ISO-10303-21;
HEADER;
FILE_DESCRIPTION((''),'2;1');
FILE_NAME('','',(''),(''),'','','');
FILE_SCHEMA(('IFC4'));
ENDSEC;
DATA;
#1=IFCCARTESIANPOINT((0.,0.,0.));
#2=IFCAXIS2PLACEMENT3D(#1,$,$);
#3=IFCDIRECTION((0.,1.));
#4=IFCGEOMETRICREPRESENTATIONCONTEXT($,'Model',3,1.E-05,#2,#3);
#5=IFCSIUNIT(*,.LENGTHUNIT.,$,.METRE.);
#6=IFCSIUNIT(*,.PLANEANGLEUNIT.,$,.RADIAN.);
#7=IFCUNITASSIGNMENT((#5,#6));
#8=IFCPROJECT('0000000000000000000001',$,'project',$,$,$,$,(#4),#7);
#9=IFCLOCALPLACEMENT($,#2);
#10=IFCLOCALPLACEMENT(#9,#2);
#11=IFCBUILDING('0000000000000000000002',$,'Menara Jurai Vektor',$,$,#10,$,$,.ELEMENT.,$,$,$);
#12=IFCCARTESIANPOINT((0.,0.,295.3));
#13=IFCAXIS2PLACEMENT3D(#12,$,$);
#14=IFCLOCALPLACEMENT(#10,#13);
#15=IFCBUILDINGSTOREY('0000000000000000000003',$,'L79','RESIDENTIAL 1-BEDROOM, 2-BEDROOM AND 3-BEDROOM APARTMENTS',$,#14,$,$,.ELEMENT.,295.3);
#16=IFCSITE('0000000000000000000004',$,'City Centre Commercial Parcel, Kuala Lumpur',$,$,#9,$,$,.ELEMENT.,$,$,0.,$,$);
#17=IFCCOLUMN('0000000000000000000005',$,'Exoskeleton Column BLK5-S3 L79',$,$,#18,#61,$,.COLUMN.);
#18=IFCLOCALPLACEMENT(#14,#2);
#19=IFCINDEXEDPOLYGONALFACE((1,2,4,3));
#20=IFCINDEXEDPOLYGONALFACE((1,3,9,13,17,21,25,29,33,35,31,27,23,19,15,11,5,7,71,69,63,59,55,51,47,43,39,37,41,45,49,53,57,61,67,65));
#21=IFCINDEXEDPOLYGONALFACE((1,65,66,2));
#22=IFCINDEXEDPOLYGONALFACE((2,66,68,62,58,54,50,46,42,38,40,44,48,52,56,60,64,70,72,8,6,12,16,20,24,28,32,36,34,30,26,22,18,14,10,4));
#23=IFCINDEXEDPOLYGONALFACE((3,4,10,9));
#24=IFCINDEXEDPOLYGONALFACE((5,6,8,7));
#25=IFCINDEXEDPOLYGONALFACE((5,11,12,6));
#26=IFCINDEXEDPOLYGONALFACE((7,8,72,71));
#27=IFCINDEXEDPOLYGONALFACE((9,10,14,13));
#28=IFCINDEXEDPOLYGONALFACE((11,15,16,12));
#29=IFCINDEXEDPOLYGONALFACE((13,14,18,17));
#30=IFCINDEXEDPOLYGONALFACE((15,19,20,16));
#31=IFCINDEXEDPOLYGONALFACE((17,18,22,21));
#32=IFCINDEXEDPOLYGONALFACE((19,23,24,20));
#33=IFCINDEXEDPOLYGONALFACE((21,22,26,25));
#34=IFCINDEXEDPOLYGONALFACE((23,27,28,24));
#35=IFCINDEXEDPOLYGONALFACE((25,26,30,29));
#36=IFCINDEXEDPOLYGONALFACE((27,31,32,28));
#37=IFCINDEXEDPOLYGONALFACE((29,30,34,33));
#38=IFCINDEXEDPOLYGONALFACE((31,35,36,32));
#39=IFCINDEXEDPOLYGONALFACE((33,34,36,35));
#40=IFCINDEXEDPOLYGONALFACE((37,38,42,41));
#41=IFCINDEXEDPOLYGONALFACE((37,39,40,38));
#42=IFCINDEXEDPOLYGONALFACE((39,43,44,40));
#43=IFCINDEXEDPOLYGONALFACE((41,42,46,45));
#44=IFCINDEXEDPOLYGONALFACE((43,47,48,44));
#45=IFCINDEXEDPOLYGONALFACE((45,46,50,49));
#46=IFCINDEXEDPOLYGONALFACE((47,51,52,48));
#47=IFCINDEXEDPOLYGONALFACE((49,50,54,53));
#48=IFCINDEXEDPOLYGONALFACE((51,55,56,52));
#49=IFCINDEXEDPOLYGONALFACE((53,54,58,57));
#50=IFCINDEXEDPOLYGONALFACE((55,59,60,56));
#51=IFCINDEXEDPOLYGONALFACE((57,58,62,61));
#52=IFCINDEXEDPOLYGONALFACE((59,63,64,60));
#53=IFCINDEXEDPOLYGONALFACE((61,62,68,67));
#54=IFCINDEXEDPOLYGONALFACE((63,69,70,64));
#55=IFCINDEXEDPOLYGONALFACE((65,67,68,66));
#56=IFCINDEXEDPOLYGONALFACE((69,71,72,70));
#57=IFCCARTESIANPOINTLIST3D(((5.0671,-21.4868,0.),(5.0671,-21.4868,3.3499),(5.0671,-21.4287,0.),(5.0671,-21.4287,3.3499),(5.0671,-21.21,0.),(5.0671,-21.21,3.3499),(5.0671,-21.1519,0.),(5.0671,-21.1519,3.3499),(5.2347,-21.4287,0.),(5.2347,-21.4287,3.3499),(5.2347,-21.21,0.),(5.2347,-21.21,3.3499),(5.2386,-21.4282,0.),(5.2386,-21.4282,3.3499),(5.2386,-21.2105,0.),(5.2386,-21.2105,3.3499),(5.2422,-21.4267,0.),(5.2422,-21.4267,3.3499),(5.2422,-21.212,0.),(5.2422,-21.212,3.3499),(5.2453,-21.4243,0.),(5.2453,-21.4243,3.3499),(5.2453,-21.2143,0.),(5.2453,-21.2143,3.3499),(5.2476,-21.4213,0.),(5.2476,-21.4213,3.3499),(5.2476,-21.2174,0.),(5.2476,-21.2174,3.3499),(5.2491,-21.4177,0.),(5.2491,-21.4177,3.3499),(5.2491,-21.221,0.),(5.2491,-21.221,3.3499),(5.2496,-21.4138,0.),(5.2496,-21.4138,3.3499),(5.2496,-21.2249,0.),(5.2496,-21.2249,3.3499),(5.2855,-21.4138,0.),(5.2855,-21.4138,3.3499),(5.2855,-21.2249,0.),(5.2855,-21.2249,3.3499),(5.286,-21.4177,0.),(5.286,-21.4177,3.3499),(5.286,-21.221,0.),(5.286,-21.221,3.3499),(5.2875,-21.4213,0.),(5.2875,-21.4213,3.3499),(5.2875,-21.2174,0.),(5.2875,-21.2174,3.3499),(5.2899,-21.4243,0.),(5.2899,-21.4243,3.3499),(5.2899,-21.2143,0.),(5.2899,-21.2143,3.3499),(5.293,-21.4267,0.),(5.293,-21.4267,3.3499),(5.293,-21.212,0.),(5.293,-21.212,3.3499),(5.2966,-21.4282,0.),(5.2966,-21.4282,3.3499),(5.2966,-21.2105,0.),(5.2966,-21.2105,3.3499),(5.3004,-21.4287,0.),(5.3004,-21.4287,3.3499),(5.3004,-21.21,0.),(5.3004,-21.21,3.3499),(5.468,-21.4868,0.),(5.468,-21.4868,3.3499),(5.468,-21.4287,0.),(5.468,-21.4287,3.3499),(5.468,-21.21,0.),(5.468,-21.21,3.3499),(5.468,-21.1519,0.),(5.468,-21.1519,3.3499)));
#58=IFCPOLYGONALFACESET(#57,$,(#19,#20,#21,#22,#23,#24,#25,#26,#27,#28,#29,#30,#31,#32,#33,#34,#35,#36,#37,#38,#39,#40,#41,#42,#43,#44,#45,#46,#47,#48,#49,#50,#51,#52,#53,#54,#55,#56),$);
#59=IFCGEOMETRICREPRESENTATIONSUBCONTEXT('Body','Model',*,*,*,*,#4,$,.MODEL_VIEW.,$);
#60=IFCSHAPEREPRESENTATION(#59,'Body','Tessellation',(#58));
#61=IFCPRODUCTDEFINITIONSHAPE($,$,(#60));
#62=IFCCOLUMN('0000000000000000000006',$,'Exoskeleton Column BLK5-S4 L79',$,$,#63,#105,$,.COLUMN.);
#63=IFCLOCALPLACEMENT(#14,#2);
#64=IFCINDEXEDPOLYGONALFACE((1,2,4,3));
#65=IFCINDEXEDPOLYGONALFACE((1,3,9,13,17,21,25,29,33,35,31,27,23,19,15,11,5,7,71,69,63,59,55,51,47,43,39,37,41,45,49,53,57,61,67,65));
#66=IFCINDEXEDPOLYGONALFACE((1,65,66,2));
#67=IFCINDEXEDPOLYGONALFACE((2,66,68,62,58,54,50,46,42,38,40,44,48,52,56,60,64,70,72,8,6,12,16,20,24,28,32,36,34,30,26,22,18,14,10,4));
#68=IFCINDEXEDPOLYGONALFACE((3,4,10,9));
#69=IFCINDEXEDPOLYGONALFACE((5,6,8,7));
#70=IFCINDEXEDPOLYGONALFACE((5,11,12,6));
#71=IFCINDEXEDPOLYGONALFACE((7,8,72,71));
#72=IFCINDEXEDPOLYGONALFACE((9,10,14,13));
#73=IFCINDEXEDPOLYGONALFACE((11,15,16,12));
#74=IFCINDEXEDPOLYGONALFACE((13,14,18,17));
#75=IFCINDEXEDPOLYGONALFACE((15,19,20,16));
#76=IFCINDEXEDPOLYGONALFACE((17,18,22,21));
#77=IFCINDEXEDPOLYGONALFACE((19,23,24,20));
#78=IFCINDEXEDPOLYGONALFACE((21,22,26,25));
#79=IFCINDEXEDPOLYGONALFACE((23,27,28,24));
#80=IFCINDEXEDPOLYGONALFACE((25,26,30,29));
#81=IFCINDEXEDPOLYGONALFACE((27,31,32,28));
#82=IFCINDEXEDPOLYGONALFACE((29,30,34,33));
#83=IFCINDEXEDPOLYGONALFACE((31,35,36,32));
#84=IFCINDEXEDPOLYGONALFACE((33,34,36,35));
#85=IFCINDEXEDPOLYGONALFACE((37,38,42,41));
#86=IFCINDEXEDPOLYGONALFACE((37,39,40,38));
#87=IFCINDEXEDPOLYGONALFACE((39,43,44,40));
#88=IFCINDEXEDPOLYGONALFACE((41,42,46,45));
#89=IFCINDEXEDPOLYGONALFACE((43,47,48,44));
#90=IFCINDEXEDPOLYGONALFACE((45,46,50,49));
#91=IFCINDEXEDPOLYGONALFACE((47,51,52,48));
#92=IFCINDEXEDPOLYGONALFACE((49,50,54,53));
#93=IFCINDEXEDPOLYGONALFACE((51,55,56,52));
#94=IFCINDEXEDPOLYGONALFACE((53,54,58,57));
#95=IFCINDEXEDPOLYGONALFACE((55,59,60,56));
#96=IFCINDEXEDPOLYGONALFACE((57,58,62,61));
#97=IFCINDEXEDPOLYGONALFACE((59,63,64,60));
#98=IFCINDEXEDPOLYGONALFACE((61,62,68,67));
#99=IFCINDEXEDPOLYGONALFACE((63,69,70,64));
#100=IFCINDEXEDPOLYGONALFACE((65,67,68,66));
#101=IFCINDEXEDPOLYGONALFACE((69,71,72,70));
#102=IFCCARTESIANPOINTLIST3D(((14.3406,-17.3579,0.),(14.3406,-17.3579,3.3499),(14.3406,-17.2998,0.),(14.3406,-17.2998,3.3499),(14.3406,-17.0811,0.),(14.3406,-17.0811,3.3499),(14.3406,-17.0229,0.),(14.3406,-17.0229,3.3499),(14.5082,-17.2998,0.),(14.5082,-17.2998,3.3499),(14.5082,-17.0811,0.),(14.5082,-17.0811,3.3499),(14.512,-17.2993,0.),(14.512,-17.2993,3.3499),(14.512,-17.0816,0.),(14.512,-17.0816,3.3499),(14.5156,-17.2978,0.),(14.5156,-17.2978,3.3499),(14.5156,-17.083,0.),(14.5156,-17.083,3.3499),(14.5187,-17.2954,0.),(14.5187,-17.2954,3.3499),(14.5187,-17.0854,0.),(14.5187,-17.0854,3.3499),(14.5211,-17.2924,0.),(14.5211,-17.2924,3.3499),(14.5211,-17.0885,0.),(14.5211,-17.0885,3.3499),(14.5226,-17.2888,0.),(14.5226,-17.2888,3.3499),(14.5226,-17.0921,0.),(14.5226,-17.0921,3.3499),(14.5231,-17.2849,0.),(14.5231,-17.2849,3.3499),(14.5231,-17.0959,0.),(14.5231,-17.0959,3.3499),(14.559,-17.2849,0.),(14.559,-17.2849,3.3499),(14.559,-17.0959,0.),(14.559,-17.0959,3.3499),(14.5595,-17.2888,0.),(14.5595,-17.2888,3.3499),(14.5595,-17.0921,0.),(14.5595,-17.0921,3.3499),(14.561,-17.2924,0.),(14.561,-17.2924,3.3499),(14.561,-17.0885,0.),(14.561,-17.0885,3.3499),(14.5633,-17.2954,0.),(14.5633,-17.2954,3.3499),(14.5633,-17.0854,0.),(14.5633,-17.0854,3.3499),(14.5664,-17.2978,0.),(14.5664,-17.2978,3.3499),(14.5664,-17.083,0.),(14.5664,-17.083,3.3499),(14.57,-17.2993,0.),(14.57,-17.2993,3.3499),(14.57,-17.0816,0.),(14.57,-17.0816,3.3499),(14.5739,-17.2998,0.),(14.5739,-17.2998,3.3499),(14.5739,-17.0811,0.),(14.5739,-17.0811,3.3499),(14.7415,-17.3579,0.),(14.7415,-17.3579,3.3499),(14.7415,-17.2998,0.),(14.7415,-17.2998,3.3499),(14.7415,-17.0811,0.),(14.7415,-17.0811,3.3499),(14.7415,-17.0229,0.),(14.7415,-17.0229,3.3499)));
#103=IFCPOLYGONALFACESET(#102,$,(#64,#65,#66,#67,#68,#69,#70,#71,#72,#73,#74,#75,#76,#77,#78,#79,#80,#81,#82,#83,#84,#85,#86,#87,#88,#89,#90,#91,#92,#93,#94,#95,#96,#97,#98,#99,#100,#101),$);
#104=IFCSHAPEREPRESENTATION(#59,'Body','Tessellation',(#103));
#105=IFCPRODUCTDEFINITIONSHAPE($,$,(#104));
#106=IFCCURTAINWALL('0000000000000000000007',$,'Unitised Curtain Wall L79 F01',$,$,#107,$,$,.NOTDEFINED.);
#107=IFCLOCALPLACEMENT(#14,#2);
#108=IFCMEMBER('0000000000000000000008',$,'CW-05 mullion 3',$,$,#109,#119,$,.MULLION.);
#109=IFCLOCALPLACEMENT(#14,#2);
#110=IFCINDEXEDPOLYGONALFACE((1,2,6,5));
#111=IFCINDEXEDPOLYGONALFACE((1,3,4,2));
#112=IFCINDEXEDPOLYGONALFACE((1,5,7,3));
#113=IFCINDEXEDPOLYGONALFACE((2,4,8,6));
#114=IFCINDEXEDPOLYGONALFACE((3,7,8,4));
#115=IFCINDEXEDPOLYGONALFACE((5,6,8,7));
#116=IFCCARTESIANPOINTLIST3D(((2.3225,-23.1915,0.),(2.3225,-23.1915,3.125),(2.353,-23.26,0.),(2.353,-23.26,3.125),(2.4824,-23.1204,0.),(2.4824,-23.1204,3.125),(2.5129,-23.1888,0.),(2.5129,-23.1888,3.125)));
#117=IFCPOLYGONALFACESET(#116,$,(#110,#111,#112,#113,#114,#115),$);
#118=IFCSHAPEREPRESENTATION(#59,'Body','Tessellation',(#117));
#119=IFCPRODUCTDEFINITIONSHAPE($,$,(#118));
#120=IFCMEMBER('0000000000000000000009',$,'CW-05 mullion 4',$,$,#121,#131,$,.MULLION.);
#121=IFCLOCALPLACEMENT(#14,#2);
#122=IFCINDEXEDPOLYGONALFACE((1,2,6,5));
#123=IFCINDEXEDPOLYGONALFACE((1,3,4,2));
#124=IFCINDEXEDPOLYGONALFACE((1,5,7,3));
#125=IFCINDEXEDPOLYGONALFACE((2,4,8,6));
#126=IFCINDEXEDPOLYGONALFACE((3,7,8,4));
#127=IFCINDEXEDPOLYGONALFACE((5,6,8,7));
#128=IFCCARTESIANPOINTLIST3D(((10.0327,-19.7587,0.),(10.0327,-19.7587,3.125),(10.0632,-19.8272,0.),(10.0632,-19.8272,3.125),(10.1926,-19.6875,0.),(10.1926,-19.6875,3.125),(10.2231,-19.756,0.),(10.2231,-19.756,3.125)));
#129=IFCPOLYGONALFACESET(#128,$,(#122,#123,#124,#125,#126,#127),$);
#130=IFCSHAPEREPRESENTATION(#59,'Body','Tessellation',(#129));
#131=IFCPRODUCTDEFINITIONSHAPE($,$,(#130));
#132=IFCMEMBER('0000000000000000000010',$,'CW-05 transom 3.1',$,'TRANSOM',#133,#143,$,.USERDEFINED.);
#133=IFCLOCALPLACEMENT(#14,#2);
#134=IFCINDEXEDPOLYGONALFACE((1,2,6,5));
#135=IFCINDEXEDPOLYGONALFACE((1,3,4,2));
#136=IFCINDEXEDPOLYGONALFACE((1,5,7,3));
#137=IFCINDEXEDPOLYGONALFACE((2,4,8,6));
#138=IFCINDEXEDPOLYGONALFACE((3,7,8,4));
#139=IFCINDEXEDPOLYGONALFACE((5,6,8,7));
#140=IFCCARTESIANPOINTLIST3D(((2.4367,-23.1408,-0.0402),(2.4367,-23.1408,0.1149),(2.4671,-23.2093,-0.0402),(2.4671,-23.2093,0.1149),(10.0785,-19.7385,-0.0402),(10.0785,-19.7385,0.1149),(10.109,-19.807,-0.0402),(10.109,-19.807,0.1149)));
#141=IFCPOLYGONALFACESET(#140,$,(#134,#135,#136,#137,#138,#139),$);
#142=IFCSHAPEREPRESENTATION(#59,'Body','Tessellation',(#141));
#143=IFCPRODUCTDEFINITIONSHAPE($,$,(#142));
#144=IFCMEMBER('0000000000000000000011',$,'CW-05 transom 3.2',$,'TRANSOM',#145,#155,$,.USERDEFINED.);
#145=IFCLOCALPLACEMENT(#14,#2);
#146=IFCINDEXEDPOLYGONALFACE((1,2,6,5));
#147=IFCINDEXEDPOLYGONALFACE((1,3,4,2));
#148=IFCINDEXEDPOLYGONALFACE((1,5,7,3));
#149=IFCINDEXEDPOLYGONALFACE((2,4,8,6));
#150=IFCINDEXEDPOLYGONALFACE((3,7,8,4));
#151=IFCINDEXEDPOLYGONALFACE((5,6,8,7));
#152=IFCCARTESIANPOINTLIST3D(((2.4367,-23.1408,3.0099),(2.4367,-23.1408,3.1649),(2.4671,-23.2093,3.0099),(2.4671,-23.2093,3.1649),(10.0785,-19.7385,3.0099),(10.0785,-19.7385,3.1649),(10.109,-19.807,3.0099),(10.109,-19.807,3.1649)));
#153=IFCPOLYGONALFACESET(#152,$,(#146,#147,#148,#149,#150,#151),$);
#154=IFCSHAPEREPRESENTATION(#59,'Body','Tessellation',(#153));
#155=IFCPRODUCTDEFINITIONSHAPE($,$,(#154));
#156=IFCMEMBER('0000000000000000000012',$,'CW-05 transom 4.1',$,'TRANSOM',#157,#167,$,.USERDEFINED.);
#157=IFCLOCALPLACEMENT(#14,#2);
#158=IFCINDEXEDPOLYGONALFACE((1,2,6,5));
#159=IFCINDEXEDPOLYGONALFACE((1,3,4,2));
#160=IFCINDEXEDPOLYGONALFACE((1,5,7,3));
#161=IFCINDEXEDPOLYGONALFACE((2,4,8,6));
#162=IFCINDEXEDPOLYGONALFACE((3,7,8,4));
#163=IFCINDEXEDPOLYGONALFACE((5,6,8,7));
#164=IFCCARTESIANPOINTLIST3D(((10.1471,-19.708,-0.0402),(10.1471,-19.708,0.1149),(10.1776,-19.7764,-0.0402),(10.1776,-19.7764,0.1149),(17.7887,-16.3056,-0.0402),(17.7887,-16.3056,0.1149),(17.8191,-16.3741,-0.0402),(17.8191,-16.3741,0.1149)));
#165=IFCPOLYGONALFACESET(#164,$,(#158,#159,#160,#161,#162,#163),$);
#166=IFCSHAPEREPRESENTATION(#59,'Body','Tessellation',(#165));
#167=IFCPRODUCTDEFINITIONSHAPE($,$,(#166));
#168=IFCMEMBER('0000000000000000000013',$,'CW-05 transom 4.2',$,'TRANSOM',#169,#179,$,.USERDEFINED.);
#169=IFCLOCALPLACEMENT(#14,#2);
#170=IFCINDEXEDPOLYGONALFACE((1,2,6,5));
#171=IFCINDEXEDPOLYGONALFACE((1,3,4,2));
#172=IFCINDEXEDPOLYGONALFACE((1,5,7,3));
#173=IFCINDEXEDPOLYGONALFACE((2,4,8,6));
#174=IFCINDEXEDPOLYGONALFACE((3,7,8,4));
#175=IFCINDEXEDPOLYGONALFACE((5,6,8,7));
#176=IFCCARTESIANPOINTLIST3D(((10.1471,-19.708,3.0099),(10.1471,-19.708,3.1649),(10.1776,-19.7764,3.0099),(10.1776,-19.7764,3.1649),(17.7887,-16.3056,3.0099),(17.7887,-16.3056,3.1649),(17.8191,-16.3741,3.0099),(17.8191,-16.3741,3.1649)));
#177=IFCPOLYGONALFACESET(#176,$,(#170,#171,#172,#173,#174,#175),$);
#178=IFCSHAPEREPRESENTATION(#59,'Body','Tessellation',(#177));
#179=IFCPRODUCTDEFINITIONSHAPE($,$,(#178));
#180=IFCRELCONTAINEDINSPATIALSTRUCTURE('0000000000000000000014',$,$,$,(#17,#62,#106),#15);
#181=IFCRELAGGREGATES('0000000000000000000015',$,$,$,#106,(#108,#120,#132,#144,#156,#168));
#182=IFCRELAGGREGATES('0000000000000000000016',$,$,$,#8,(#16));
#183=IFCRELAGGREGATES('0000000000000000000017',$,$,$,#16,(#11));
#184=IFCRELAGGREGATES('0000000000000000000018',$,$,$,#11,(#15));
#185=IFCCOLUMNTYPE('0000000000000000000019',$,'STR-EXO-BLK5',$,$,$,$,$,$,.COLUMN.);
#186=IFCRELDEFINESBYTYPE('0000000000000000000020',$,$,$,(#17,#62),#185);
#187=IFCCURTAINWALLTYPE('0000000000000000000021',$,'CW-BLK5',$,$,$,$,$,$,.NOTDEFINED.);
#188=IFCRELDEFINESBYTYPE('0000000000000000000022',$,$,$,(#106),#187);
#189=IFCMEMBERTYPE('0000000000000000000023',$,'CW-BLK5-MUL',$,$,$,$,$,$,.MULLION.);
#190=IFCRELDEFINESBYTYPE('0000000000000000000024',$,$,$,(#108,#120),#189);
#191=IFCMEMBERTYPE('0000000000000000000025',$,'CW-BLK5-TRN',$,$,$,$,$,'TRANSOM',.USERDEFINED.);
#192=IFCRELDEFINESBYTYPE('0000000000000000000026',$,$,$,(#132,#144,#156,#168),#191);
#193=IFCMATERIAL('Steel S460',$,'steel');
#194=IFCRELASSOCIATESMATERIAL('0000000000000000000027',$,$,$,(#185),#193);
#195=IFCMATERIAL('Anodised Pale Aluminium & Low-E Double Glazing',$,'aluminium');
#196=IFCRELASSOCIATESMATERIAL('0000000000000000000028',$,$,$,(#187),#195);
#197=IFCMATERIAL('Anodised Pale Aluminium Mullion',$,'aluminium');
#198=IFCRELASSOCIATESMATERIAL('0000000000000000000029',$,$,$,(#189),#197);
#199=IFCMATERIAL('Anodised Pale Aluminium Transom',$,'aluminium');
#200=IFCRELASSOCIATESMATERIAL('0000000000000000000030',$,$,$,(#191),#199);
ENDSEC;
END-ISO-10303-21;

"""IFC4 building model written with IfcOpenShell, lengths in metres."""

from ifc_helpers import new_model, si_unit, direction, frame, origin, origin_2d, place, context, subcontext, project, spatial, rectangle, i_section, extrude, material, material_profile, profile_set, type_object, element, aggregate, save


model = new_model("IFC4")

# Units and contexts
model_context = context("Model", 3, precision=1e-05, world=origin(), true_north=direction((0.0, 1.0)))
body_context = subcontext(model_context, "Body", "Model", "MODEL_VIEW")
ifc_project = project(units=[si_unit("LENGTHUNIT", "METRE"), si_unit("PLANEANGLEUNIT", "RADIAN")], contexts=[model_context])

# Site, building, storey
site_placement = place(None, origin())
site = spatial("IfcSite", under=ifc_project, at=site_placement, Name="City Centre Commercial Parcel, Kuala Lumpur", CompositionType="ELEMENT", RefElevation=0.0)
building_placement = place(site_placement, origin())
building = spatial("IfcBuilding", under=site, at=building_placement, Name="Menara Jurai Vektor", CompositionType="ELEMENT")
storey_placement = place(building_placement, frame((0.0, 0.0, 295.3)))
storey = spatial("IfcBuildingStorey", under=building, at=storey_placement, Name="L79", Description="RESIDENTIAL 1-BEDROOM, 2-BEDROOM AND 3-BEDROOM APARTMENTS", CompositionType="ELEMENT", Elevation=295.3)

# Columns
ifc_material_1 = material(Name="Steel S460", Category="steel")
ifc_material_profile_1 = material_profile(ifc_material_1, i_section(OverallWidth=0.4009, OverallDepth=0.335, WebThickness=0.0359, FlangeThickness=0.0581, FilletRadius=0.0149, at=origin_2d()), Name="HD 400x463")
ifc_profile_set_1 = profile_set([ifc_material_profile_1], Name="Steel S460")
column_type = type_object("IfcColumnType", Name="STR-EXO-BLK5", PredefinedType="COLUMN", material=ifc_profile_set_1)
for number, where, z_axis, x_axis, name in (
    (1, (5.2676, -21.3193, 0.0), (0.0, 0.0, 1.0), (1.0, 0.0, 0.0), "Exoskeleton Column BLK5-S3 L79"),
    (2, (14.541, -17.1904, 0.0), (0.0, 0.0, 1.0), (1.0, 0.0, 0.0), "Exoskeleton Column BLK5-S4 L79"),
):
    element("IfcColumn", number, at=place(storey_placement, frame(where, z_axis=z_axis, x_axis=x_axis)), inside=storey, type_object=column_type, Name=name, PredefinedType="COLUMN", context=body_context, shape_type="SweptSolid", body=[
        extrude(i_section(OverallWidth=0.4009, OverallDepth=0.335, WebThickness=0.0359, FlangeThickness=0.0581, FilletRadius=0.0149, at=origin_2d()), origin(), (0.0, 0.0, 1.0), 3.3499),
    ])

# Curtain wall, members
ifc_material_2 = material(Name="Anodised Pale Aluminium & Low-E Double Glazing", Category="aluminium")
curtain_wall_type = type_object("IfcCurtainWallType", Name="CW-BLK5", PredefinedType="NOTDEFINED", material=ifc_material_2)
curtain_wall_placement = place(storey_placement, origin())
curtain_wall = element("IfcCurtainWall", 3, at=curtain_wall_placement, inside=storey, type_object=curtain_wall_type, Name="Unitised Curtain Wall L79 F01", PredefinedType="NOTDEFINED")
ifc_material_3 = material(Name="Anodised Pale Aluminium Mullion", Category="aluminium")
ifc_material_profile_2 = material_profile(ifc_material_3, rectangle(XDim=0.075, YDim=0.175, at=origin_2d()), Name="ALU MUL 75x175")
ifc_profile_set_2 = profile_set([ifc_material_profile_2], Name="Anodised Pale Aluminium Mullion")
member_type_1 = type_object("IfcMemberType", Name="CW-BLK5-MUL", PredefinedType="MULLION", material=ifc_profile_set_2)
member_1_placement = place(storey_placement, frame((2.4177, -23.1902, 0.0), z_axis=(0.0, 0.0, 1.0), x_axis=(-0.406735, 0.913546, 0.0)))
member_1 = element("IfcMember", 4, at=member_1_placement, type_object=member_type_1, Name="CW-05 mullion 3", PredefinedType="MULLION", context=body_context, shape_type="SweptSolid", body=[
    extrude(rectangle(XDim=0.075, YDim=0.175, at=origin_2d()), origin(), (0.0, 0.0, 1.0), 3.125),
])
member_2_placement = place(storey_placement, frame((10.1279, -19.7573, 0.0), z_axis=(0.0, 0.0, 1.0), x_axis=(-0.406735, 0.913546, 0.0)))
member_2 = element("IfcMember", 5, at=member_2_placement, type_object=member_type_1, Name="CW-05 mullion 4", PredefinedType="MULLION", context=body_context, shape_type="SweptSolid", body=[
    extrude(rectangle(XDim=0.075, YDim=0.175, at=origin_2d()), origin(), (0.0, 0.0, 1.0), 3.125),
])
ifc_material_4 = material(Name="Anodised Pale Aluminium Transom", Category="aluminium")
ifc_material_profile_3 = material_profile(ifc_material_4, rectangle(XDim=0.075, YDim=0.155, at=origin_2d()), Name="ALU TRN 75x155")
ifc_profile_set_3 = profile_set([ifc_material_profile_3], Name="Anodised Pale Aluminium Transom")
member_type_2 = type_object("IfcMemberType", Name="CW-BLK5-TRN", ElementType="TRANSOM", PredefinedType="USERDEFINED", material=ifc_profile_set_3)
member_3_placement = place(storey_placement, frame((2.4519, -23.175, 0.0374), z_axis=(0.913547, 0.406734, 0.0), x_axis=(-0.406734, 0.913547, 0.0)))
member_3 = element("IfcMember", 6, at=member_3_placement, type_object=member_type_2, Name="CW-05 transom 3.1", ObjectType="TRANSOM", PredefinedType="USERDEFINED", context=body_context, shape_type="SweptSolid", body=[
    extrude(rectangle(XDim=0.075, YDim=0.155, at=origin_2d()), origin(), (0.0, 0.0, 1.0), 8.365),
])
member_4_placement = place(storey_placement, frame((2.4519, -23.175, 3.0874), z_axis=(0.913547, 0.406734, 0.0), x_axis=(-0.406734, 0.913547, 0.0)))
member_4 = element("IfcMember", 7, at=member_4_placement, type_object=member_type_2, Name="CW-05 transom 3.2", ObjectType="TRANSOM", PredefinedType="USERDEFINED", context=body_context, shape_type="SweptSolid", body=[
    extrude(rectangle(XDim=0.075, YDim=0.155, at=origin_2d()), origin(), (0.0, 0.0, 1.0), 8.365),
])
member_5_placement = place(storey_placement, frame((10.1624, -19.7422, 0.0374), z_axis=(0.913542, 0.406745, 0.0), x_axis=(-0.406745, 0.913542, 0.0)))
member_5 = element("IfcMember", 8, at=member_5_placement, type_object=member_type_2, Name="CW-05 transom 4.1", ObjectType="TRANSOM", PredefinedType="USERDEFINED", context=body_context, shape_type="SweptSolid", body=[
    extrude(rectangle(XDim=0.075, YDim=0.155, at=origin_2d()), origin(), (0.0, 0.0, 1.0), 8.3647),
])
member_6_placement = place(storey_placement, frame((10.1624, -19.7422, 3.0874), z_axis=(0.913542, 0.406745, 0.0), x_axis=(-0.406745, 0.913542, 0.0)))
member_6 = element("IfcMember", 9, at=member_6_placement, type_object=member_type_2, Name="CW-05 transom 4.2", ObjectType="TRANSOM", PredefinedType="USERDEFINED", context=body_context, shape_type="SweptSolid", body=[
    extrude(rectangle(XDim=0.075, YDim=0.155, at=origin_2d()), origin(), (0.0, 0.0, 1.0), 8.3647),
])

aggregate(curtain_wall, [member_1, member_2, member_3, member_4, member_5, member_6])

save(model, "model.ifc")
